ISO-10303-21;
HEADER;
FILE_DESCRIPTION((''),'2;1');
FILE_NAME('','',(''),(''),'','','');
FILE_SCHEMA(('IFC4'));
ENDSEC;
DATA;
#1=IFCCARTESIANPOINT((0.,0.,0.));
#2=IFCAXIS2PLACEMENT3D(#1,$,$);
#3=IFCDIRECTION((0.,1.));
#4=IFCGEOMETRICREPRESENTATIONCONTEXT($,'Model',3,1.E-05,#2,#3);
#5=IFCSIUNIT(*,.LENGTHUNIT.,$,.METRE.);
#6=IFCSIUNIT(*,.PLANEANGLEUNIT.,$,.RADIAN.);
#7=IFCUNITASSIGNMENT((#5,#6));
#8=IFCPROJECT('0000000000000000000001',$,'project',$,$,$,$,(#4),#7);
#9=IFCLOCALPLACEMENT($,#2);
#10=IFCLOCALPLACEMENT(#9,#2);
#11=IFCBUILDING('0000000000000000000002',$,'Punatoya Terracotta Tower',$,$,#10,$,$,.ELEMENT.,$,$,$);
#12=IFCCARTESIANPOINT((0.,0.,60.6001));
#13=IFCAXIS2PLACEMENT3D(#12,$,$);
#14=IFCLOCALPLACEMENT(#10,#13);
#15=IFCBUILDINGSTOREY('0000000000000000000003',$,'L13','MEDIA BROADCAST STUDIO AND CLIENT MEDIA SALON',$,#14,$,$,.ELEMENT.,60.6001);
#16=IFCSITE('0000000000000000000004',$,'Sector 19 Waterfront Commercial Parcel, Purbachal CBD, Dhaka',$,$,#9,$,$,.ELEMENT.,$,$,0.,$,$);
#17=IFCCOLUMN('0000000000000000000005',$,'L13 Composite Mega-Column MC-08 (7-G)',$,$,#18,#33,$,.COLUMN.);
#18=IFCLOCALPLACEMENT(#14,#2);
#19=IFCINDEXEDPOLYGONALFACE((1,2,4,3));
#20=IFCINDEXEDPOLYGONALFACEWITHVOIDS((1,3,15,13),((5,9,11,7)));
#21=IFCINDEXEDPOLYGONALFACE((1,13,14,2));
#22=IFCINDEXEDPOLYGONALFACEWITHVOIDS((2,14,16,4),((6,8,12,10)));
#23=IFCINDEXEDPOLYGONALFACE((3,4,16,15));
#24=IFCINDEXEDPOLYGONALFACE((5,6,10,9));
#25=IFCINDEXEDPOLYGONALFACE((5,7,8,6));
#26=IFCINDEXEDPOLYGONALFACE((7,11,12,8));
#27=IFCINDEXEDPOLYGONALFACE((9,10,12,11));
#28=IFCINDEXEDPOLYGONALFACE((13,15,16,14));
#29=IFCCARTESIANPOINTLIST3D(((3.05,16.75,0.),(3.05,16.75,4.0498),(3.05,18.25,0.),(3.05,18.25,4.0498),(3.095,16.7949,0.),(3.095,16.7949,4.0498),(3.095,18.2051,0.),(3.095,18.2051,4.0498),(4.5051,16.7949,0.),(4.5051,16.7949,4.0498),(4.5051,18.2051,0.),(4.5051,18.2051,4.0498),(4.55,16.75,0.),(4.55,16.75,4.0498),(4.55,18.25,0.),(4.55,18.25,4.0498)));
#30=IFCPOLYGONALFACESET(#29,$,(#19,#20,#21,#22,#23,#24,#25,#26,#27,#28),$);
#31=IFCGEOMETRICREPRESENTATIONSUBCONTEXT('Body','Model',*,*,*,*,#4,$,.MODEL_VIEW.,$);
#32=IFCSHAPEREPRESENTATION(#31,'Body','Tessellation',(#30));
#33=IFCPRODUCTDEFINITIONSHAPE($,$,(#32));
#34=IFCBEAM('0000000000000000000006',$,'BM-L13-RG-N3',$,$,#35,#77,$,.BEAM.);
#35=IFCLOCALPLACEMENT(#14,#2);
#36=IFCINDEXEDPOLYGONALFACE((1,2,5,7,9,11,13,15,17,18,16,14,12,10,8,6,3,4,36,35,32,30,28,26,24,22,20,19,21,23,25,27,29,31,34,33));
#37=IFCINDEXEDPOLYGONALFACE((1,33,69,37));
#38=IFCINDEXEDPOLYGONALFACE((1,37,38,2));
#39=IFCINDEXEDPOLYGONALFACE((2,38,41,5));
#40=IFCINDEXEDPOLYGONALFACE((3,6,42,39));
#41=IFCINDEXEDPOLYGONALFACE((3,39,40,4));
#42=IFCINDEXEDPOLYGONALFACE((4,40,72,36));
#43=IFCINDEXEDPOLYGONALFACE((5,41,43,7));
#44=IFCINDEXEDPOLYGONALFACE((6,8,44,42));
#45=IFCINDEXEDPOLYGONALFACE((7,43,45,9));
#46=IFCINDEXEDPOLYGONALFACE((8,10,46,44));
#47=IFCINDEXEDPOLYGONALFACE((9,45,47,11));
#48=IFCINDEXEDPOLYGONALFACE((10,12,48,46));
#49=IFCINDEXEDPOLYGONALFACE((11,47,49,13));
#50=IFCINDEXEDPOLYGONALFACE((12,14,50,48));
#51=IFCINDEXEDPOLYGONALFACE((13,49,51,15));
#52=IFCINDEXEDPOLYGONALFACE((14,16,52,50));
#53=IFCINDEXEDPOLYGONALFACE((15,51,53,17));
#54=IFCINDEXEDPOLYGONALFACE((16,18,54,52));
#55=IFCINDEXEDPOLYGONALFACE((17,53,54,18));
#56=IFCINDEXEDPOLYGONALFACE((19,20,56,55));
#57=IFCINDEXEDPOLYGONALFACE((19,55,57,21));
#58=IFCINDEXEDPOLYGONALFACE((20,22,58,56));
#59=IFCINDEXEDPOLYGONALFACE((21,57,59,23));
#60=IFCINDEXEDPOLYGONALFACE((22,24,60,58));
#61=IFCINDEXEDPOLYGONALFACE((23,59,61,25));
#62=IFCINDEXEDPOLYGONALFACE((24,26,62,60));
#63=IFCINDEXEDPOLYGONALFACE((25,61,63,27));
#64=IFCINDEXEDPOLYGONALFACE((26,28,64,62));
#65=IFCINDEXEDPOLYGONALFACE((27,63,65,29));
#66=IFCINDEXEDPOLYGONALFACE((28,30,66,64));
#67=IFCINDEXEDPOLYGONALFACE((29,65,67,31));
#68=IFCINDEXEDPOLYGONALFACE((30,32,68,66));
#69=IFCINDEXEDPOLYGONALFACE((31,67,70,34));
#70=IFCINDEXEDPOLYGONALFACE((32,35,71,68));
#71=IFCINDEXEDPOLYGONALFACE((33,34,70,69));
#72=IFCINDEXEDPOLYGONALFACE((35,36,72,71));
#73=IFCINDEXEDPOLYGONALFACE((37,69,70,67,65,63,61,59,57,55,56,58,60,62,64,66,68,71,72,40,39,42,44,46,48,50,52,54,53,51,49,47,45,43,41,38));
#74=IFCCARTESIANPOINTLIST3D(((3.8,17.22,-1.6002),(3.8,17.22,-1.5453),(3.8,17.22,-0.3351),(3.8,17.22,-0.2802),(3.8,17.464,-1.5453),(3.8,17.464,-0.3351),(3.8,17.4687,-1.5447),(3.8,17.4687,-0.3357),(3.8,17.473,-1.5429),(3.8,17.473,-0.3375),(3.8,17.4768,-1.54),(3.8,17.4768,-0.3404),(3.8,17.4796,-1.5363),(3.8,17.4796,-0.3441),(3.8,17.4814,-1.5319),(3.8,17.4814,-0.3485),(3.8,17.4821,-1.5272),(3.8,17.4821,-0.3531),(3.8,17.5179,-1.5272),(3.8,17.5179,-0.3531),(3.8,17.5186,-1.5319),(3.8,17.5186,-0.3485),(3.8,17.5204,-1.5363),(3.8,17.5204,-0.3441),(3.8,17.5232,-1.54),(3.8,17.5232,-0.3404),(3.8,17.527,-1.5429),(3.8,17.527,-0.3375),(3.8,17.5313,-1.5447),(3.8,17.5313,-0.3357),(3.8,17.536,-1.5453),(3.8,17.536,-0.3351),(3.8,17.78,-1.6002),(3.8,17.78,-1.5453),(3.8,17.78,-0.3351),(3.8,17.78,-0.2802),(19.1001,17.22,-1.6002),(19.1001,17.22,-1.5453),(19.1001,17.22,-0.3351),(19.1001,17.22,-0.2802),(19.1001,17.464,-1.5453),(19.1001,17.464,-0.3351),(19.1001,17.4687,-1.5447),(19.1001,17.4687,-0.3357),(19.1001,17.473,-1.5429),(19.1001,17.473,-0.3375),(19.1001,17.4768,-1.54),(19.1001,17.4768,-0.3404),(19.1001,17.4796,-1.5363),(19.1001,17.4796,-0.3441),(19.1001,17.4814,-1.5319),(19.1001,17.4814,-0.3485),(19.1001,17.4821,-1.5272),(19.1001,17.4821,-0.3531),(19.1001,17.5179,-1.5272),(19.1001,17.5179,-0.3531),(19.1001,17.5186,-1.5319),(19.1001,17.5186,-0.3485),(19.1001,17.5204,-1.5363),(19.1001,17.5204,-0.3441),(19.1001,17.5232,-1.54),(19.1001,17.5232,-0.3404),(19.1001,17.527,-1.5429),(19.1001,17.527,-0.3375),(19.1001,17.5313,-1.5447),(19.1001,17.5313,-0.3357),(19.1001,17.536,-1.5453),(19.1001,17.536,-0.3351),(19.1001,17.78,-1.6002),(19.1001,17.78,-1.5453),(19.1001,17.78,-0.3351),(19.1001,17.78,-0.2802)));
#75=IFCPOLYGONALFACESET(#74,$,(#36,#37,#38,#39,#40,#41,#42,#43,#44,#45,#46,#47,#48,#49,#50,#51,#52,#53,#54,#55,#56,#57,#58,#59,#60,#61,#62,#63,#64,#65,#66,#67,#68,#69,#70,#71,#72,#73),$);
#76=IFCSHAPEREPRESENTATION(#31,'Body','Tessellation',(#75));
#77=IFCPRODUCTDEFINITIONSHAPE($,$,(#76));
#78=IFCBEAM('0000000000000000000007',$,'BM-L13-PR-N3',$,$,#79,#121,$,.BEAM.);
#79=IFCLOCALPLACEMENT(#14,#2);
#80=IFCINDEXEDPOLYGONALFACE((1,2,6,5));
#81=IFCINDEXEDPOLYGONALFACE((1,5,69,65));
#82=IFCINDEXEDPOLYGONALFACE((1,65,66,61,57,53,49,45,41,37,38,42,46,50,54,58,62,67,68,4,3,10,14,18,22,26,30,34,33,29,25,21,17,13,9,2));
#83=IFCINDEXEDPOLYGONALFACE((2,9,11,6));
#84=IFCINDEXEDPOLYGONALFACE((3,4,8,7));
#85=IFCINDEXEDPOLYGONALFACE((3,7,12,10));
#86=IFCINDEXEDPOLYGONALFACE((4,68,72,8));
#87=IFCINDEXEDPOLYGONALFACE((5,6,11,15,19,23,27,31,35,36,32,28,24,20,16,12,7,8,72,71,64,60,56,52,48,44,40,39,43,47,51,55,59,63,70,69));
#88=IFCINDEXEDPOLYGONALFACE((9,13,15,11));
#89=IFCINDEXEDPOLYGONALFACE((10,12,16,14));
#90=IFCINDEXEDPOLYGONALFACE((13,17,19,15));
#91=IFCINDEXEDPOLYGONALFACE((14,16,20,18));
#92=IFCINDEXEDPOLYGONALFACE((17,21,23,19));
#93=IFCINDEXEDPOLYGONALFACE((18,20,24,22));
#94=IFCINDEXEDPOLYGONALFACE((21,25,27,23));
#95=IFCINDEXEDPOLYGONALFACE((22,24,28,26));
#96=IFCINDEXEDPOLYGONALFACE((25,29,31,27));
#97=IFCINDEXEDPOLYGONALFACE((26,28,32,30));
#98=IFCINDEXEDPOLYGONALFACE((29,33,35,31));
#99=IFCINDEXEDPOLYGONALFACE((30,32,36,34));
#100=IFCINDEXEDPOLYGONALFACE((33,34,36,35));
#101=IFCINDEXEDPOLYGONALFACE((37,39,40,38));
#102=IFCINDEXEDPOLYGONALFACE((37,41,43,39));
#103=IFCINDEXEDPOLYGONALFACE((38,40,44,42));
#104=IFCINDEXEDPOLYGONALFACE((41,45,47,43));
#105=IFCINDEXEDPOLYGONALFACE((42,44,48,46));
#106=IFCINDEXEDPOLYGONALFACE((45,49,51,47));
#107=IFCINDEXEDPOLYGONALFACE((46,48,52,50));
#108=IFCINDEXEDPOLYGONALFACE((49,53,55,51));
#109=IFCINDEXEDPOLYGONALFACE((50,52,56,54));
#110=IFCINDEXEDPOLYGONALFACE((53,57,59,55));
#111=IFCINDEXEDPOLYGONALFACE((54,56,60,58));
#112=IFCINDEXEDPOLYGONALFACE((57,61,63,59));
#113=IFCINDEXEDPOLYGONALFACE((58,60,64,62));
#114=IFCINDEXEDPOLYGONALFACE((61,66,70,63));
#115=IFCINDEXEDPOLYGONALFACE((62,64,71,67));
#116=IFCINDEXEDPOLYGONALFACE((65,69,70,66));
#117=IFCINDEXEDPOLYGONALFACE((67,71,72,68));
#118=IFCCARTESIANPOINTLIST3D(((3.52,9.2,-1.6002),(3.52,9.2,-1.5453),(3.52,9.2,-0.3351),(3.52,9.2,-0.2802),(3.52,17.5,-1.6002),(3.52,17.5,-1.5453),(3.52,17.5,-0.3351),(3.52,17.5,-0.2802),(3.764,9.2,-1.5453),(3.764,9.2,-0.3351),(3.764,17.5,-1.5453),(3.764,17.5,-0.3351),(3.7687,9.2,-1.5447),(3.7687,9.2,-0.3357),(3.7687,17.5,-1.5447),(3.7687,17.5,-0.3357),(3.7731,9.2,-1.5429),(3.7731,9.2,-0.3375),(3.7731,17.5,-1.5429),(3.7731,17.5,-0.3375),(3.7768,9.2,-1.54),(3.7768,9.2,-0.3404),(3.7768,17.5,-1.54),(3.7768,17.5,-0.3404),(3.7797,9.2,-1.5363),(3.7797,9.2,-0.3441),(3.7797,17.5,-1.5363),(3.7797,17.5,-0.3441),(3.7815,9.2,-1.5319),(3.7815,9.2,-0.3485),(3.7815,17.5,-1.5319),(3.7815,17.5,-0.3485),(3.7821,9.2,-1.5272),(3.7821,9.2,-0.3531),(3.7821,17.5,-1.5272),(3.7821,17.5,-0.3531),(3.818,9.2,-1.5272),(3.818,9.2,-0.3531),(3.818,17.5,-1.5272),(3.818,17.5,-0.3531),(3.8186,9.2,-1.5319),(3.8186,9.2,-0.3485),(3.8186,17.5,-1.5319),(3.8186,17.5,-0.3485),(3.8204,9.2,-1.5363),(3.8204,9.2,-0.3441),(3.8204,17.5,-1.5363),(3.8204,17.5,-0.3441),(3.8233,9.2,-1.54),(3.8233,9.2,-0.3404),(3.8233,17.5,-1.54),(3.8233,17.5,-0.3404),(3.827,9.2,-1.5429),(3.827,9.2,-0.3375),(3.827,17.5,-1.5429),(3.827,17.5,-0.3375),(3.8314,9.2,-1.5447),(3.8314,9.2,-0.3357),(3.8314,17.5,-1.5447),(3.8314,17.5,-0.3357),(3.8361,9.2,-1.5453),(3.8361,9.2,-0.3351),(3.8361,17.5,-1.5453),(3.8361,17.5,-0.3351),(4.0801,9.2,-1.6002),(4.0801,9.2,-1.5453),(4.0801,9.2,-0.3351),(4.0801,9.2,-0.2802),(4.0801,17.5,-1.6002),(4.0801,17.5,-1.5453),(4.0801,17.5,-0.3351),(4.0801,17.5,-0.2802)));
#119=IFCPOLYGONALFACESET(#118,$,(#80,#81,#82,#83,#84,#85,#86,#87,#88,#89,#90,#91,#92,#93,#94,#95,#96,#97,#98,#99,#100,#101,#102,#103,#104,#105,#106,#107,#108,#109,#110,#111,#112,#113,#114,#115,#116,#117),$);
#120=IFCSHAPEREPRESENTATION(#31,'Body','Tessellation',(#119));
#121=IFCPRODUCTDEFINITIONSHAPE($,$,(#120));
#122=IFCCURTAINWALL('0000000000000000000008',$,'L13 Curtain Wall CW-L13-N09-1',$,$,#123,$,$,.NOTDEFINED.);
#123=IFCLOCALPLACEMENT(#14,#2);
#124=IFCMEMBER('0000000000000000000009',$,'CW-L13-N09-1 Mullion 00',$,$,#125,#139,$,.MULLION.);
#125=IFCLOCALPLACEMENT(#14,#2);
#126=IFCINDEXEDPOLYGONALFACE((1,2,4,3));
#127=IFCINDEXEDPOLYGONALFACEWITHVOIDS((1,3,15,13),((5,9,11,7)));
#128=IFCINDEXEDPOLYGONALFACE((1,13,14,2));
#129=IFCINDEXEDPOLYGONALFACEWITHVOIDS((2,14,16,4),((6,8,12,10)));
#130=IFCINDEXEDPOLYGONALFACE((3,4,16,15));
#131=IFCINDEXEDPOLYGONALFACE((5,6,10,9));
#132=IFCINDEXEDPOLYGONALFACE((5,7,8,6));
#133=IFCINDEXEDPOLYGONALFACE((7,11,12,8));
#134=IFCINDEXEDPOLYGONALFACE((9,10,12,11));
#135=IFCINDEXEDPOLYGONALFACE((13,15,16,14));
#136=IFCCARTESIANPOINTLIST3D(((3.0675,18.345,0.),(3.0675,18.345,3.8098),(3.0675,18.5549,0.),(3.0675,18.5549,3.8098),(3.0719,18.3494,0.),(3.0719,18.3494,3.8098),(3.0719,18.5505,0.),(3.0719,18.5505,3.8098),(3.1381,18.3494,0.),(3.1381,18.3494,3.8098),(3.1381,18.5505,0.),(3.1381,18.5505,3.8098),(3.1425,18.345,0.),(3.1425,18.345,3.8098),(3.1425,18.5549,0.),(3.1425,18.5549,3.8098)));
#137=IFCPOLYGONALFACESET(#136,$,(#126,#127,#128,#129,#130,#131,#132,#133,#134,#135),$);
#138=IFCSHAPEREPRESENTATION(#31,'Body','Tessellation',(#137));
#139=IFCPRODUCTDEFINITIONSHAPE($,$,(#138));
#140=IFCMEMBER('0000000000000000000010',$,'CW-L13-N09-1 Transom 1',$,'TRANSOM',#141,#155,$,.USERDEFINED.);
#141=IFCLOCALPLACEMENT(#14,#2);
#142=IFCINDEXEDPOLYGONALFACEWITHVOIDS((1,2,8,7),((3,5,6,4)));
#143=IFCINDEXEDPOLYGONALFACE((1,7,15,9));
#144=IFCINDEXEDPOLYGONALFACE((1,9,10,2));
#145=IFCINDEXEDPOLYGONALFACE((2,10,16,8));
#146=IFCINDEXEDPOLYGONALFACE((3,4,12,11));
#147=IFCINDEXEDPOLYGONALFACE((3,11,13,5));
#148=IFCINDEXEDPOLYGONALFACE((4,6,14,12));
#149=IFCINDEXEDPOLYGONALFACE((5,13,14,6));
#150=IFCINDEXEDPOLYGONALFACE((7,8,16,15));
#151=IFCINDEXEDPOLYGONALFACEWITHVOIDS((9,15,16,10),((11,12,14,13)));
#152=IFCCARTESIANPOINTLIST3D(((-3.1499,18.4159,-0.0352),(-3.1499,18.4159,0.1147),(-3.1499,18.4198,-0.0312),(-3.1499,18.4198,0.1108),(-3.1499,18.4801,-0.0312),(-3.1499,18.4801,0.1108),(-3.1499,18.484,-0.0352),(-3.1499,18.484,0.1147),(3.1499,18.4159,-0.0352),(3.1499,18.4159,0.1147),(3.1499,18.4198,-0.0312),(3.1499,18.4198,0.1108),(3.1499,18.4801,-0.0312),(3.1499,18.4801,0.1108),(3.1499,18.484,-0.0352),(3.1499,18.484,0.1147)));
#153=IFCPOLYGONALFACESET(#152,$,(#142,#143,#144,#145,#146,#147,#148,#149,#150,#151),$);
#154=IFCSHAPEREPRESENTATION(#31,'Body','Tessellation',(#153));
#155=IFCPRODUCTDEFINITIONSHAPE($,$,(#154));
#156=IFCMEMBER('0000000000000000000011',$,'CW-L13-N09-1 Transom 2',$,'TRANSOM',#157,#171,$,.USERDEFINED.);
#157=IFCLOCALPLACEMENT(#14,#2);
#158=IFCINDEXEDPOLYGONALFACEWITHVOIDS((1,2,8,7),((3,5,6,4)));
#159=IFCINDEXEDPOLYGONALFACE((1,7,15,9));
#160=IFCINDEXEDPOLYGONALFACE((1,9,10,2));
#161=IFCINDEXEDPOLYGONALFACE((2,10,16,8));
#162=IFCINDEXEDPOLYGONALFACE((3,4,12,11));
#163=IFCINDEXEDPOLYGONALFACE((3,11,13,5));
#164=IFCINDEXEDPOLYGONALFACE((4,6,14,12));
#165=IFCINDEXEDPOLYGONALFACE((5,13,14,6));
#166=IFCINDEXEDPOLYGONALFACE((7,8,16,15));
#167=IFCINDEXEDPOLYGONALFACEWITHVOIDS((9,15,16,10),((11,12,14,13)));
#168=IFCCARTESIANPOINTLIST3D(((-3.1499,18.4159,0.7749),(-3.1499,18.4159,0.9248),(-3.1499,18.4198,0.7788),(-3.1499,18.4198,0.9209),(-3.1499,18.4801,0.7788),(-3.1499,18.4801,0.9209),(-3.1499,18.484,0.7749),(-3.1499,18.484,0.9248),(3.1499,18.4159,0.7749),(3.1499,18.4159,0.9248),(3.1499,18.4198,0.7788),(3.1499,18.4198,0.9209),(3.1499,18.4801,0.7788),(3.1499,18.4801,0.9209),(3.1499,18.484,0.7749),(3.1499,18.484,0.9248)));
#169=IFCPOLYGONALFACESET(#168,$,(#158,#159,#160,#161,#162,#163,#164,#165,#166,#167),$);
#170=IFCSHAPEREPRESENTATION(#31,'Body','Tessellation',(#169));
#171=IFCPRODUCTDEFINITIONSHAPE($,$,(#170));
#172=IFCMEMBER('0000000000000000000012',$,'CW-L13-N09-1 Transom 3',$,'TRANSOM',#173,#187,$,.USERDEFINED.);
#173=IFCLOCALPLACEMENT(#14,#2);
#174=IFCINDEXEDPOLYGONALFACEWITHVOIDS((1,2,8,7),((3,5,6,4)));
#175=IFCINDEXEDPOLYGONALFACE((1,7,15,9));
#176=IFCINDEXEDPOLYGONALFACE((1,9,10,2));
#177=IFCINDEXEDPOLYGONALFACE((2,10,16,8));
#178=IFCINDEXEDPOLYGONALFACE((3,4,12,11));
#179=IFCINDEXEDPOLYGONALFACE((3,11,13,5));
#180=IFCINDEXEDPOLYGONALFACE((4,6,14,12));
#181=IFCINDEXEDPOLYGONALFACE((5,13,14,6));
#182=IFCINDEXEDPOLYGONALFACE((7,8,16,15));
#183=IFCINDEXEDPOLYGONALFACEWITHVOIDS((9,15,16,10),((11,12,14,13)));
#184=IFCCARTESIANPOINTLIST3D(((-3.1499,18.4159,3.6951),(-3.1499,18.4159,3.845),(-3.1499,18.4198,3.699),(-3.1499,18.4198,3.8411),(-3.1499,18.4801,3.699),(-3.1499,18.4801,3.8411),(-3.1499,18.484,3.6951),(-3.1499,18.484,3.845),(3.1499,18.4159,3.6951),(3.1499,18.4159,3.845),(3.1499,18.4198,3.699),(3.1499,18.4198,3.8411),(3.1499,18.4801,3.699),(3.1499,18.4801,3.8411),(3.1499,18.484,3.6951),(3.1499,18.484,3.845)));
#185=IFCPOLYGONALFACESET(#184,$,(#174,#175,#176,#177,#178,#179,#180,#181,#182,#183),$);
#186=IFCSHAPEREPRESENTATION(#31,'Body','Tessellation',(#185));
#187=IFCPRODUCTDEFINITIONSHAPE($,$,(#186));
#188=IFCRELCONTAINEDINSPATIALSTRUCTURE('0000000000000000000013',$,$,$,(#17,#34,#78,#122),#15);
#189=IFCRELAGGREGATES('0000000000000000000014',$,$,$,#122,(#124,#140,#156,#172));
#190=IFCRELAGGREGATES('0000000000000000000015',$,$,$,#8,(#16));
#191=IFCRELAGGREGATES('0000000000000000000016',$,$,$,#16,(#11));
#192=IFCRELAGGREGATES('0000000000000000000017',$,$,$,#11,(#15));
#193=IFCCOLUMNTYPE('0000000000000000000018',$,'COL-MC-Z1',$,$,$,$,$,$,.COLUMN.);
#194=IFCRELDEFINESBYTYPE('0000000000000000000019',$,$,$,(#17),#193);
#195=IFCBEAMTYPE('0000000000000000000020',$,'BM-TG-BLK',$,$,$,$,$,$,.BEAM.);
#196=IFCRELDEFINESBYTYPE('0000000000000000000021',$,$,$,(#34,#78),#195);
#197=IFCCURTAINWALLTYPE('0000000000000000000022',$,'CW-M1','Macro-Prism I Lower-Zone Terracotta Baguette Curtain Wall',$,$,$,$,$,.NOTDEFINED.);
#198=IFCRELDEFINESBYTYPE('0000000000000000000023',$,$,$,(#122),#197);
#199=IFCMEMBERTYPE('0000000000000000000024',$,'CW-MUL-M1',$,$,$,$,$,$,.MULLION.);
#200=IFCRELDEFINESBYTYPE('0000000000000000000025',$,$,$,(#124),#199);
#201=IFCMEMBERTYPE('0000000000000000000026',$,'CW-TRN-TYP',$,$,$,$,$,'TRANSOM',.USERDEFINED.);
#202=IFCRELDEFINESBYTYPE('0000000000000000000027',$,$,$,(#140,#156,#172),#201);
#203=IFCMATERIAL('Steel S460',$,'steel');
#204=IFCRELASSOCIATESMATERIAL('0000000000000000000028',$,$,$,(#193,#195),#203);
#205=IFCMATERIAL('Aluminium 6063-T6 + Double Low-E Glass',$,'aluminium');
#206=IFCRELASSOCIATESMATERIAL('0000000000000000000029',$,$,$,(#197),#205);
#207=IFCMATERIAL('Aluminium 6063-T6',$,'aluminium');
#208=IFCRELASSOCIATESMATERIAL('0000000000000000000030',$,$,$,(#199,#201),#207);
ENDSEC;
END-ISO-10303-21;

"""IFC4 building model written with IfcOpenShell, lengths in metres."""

from ifc_helpers import new_model, si_unit, direction, frame, origin, origin_2d, place, context, subcontext, project, spatial, hollow_rectangle, i_section, extrude, material, material_profile, profile_set, type_object, element, aggregate, save


model = new_model("IFC4")

# Units and contexts
model_context = context("Model", 3, precision=1e-05, world=origin(), true_north=direction((0.0, 1.0)))
body_context = subcontext(model_context, "Body", "Model", "MODEL_VIEW")
ifc_project = project(units=[si_unit("LENGTHUNIT", "METRE"), si_unit("PLANEANGLEUNIT", "RADIAN")], contexts=[model_context])

# Site, building, storey
site_placement = place(None, origin())
site = spatial("IfcSite", under=ifc_project, at=site_placement, Name="Sector 19 Waterfront Commercial Parcel, Purbachal CBD, Dhaka", CompositionType="ELEMENT", RefElevation=0.0)
building_placement = place(site_placement, origin())
building = spatial("IfcBuilding", under=site, at=building_placement, Name="Punatoya Terracotta Tower", CompositionType="ELEMENT")
storey_placement = place(building_placement, frame((0.0, 0.0, 60.6001)))
storey = spatial("IfcBuildingStorey", under=building, at=storey_placement, Name="L13", Description="MEDIA BROADCAST STUDIO AND CLIENT MEDIA SALON", CompositionType="ELEMENT", Elevation=60.6001)

# Column
ifc_material_1 = material(Name="Steel S460", Category="steel")
ifc_material_profile_1 = material_profile(ifc_material_1, hollow_rectangle(XDim=1.5, YDim=1.5, WallThickness=0.0449, at=origin_2d()))
ifc_profile_set_1 = profile_set([ifc_material_profile_1], Name="Steel S460")
column_type = type_object("IfcColumnType", Name="COL-MC-Z1", PredefinedType="COLUMN", material=ifc_profile_set_1)
column_placement = place(storey_placement, frame((3.8, 17.5, 0.0), z_axis=(0.0, 0.0, 1.0), x_axis=(1.0, 0.0, 0.0)))
element("IfcColumn", 1, at=column_placement, inside=storey, type_object=column_type, Name="L13 Composite Mega-Column MC-08 (7-G)", PredefinedType="COLUMN", context=body_context, shape_type="SweptSolid", body=[
    extrude(hollow_rectangle(XDim=1.5, YDim=1.5, WallThickness=0.0449, at=origin_2d()), origin(), (0.0, 0.0, 1.0), 4.0498),
])

# Beams
ifc_material_profile_2 = material_profile(ifc_material_1, i_section(OverallWidth=0.5601, OverallDepth=1.3201, WebThickness=0.0359, FlangeThickness=0.0549, FilletRadius=0.0181, at=origin_2d()))
ifc_profile_set_2 = profile_set([ifc_material_profile_2], Name="Steel S460")
beam_type = type_object("IfcBeamType", Name="BM-TG-BLK", PredefinedType="BEAM", material=ifc_profile_set_2)
beam_1_placement = place(storey_placement, frame((3.8, 17.5, -0.9402), z_axis=(1.0, 0.0, 0.0), x_axis=(0.0, 1.0, 0.0)))
element("IfcBeam", 2, at=beam_1_placement, inside=storey, type_object=beam_type, Name="BM-L13-RG-N3", PredefinedType="BEAM", context=body_context, shape_type="SweptSolid", body=[
    extrude(i_section(OverallWidth=0.5601, OverallDepth=1.3201, WebThickness=0.0359, FlangeThickness=0.0549, FilletRadius=0.0181, at=origin_2d()), origin(), (0.0, 0.0, 1.0), 15.3),
])
beam_2_placement = place(storey_placement, frame((3.8, 9.2, -0.9402), z_axis=(0.0, 1.0, 0.0), x_axis=(-1.0, 0.0, 0.0)))
element("IfcBeam", 3, at=beam_2_placement, inside=storey, type_object=beam_type, Name="BM-L13-PR-N3", PredefinedType="BEAM", context=body_context, shape_type="SweptSolid", body=[
    extrude(i_section(OverallWidth=0.5601, OverallDepth=1.3201, WebThickness=0.0359, FlangeThickness=0.0549, FilletRadius=0.0181, at=origin_2d()), origin(), (0.0, 0.0, 1.0), 8.3),
])

# Curtain wall, members
ifc_material_2 = material(Name="Aluminium 6063-T6 + Double Low-E Glass", Category="aluminium")
curtain_wall_type = type_object("IfcCurtainWallType", Name="CW-M1", Description="Macro-Prism I Lower-Zone Terracotta Baguette Curtain Wall", PredefinedType="NOTDEFINED", material=ifc_material_2)
curtain_wall_placement = place(storey_placement, origin())
curtain_wall = element("IfcCurtainWall", 4, at=curtain_wall_placement, inside=storey, type_object=curtain_wall_type, Name="L13 Curtain Wall CW-L13-N09-1", PredefinedType="NOTDEFINED")
ifc_material_3 = material(Name="Aluminium 6063-T6", Category="aluminium")
ifc_material_profile_3 = material_profile(ifc_material_3, hollow_rectangle(XDim=0.075, YDim=0.21, WallThickness=0.0044, at=origin_2d()))
ifc_profile_set_3 = profile_set([ifc_material_profile_3], Name="Aluminium 6063-T6")
member_type_1 = type_object("IfcMemberType", Name="CW-MUL-M1", PredefinedType="MULLION", material=ifc_profile_set_3)
member_1_placement = place(storey_placement, frame((3.105, 18.45, 0.0), z_axis=(0.0, 0.0, 1.0), x_axis=(1.0, 0.0, 0.0)))
member_1 = element("IfcMember", 5, at=member_1_placement, type_object=member_type_1, Name="CW-L13-N09-1 Mullion 00", PredefinedType="MULLION", context=body_context, shape_type="SweptSolid", body=[
    extrude(hollow_rectangle(XDim=0.075, YDim=0.21, WallThickness=0.0044, at=origin_2d()), origin(), (0.0, 0.0, 1.0), 3.8098),
])
ifc_material_profile_4 = material_profile(ifc_material_3, hollow_rectangle(XDim=0.0681, YDim=0.1499, WallThickness=0.0039, at=origin_2d()))
ifc_profile_set_4 = profile_set([ifc_material_profile_4], Name="Aluminium 6063-T6")
member_type_2 = type_object("IfcMemberType", Name="CW-TRN-TYP", ElementType="TRANSOM", PredefinedType="USERDEFINED", material=ifc_profile_set_4)
member_2_placement = place(storey_placement, frame((3.1499, 18.45, 0.0398), z_axis=(-1.0, 0.0, 0.0), x_axis=(0.0, -1.0, 0.0)))
member_2 = element("IfcMember", 6, at=member_2_placement, type_object=member_type_2, Name="CW-L13-N09-1 Transom 1", ObjectType="TRANSOM", PredefinedType="USERDEFINED", context=body_context, shape_type="SweptSolid", body=[
    extrude(hollow_rectangle(XDim=0.0681, YDim=0.1499, WallThickness=0.0039, at=origin_2d()), origin(), (0.0, 0.0, 1.0), 6.2998),
])
member_3_placement = place(storey_placement, frame((3.1499, 18.45, 0.8499), z_axis=(-1.0, 0.0, 0.0), x_axis=(0.0, -1.0, 0.0)))
member_3 = element("IfcMember", 7, at=member_3_placement, type_object=member_type_2, Name="CW-L13-N09-1 Transom 2", ObjectType="TRANSOM", PredefinedType="USERDEFINED", context=body_context, shape_type="SweptSolid", body=[
    extrude(hollow_rectangle(XDim=0.0681, YDim=0.1499, WallThickness=0.0039, at=origin_2d()), origin(), (0.0, 0.0, 1.0), 6.2998),
])
member_4_placement = place(storey_placement, frame((3.1499, 18.45, 3.77), z_axis=(-1.0, 0.0, 0.0), x_axis=(0.0, -1.0, 0.0)))
member_4 = element("IfcMember", 8, at=member_4_placement, type_object=member_type_2, Name="CW-L13-N09-1 Transom 3", ObjectType="TRANSOM", PredefinedType="USERDEFINED", context=body_context, shape_type="SweptSolid", body=[
    extrude(hollow_rectangle(XDim=0.0681, YDim=0.1499, WallThickness=0.0039, at=origin_2d()), origin(), (0.0, 0.0, 1.0), 6.2998),
])

aggregate(curtain_wall, [member_1, member_2, member_3, member_4])

save(model, "model.ifc")
